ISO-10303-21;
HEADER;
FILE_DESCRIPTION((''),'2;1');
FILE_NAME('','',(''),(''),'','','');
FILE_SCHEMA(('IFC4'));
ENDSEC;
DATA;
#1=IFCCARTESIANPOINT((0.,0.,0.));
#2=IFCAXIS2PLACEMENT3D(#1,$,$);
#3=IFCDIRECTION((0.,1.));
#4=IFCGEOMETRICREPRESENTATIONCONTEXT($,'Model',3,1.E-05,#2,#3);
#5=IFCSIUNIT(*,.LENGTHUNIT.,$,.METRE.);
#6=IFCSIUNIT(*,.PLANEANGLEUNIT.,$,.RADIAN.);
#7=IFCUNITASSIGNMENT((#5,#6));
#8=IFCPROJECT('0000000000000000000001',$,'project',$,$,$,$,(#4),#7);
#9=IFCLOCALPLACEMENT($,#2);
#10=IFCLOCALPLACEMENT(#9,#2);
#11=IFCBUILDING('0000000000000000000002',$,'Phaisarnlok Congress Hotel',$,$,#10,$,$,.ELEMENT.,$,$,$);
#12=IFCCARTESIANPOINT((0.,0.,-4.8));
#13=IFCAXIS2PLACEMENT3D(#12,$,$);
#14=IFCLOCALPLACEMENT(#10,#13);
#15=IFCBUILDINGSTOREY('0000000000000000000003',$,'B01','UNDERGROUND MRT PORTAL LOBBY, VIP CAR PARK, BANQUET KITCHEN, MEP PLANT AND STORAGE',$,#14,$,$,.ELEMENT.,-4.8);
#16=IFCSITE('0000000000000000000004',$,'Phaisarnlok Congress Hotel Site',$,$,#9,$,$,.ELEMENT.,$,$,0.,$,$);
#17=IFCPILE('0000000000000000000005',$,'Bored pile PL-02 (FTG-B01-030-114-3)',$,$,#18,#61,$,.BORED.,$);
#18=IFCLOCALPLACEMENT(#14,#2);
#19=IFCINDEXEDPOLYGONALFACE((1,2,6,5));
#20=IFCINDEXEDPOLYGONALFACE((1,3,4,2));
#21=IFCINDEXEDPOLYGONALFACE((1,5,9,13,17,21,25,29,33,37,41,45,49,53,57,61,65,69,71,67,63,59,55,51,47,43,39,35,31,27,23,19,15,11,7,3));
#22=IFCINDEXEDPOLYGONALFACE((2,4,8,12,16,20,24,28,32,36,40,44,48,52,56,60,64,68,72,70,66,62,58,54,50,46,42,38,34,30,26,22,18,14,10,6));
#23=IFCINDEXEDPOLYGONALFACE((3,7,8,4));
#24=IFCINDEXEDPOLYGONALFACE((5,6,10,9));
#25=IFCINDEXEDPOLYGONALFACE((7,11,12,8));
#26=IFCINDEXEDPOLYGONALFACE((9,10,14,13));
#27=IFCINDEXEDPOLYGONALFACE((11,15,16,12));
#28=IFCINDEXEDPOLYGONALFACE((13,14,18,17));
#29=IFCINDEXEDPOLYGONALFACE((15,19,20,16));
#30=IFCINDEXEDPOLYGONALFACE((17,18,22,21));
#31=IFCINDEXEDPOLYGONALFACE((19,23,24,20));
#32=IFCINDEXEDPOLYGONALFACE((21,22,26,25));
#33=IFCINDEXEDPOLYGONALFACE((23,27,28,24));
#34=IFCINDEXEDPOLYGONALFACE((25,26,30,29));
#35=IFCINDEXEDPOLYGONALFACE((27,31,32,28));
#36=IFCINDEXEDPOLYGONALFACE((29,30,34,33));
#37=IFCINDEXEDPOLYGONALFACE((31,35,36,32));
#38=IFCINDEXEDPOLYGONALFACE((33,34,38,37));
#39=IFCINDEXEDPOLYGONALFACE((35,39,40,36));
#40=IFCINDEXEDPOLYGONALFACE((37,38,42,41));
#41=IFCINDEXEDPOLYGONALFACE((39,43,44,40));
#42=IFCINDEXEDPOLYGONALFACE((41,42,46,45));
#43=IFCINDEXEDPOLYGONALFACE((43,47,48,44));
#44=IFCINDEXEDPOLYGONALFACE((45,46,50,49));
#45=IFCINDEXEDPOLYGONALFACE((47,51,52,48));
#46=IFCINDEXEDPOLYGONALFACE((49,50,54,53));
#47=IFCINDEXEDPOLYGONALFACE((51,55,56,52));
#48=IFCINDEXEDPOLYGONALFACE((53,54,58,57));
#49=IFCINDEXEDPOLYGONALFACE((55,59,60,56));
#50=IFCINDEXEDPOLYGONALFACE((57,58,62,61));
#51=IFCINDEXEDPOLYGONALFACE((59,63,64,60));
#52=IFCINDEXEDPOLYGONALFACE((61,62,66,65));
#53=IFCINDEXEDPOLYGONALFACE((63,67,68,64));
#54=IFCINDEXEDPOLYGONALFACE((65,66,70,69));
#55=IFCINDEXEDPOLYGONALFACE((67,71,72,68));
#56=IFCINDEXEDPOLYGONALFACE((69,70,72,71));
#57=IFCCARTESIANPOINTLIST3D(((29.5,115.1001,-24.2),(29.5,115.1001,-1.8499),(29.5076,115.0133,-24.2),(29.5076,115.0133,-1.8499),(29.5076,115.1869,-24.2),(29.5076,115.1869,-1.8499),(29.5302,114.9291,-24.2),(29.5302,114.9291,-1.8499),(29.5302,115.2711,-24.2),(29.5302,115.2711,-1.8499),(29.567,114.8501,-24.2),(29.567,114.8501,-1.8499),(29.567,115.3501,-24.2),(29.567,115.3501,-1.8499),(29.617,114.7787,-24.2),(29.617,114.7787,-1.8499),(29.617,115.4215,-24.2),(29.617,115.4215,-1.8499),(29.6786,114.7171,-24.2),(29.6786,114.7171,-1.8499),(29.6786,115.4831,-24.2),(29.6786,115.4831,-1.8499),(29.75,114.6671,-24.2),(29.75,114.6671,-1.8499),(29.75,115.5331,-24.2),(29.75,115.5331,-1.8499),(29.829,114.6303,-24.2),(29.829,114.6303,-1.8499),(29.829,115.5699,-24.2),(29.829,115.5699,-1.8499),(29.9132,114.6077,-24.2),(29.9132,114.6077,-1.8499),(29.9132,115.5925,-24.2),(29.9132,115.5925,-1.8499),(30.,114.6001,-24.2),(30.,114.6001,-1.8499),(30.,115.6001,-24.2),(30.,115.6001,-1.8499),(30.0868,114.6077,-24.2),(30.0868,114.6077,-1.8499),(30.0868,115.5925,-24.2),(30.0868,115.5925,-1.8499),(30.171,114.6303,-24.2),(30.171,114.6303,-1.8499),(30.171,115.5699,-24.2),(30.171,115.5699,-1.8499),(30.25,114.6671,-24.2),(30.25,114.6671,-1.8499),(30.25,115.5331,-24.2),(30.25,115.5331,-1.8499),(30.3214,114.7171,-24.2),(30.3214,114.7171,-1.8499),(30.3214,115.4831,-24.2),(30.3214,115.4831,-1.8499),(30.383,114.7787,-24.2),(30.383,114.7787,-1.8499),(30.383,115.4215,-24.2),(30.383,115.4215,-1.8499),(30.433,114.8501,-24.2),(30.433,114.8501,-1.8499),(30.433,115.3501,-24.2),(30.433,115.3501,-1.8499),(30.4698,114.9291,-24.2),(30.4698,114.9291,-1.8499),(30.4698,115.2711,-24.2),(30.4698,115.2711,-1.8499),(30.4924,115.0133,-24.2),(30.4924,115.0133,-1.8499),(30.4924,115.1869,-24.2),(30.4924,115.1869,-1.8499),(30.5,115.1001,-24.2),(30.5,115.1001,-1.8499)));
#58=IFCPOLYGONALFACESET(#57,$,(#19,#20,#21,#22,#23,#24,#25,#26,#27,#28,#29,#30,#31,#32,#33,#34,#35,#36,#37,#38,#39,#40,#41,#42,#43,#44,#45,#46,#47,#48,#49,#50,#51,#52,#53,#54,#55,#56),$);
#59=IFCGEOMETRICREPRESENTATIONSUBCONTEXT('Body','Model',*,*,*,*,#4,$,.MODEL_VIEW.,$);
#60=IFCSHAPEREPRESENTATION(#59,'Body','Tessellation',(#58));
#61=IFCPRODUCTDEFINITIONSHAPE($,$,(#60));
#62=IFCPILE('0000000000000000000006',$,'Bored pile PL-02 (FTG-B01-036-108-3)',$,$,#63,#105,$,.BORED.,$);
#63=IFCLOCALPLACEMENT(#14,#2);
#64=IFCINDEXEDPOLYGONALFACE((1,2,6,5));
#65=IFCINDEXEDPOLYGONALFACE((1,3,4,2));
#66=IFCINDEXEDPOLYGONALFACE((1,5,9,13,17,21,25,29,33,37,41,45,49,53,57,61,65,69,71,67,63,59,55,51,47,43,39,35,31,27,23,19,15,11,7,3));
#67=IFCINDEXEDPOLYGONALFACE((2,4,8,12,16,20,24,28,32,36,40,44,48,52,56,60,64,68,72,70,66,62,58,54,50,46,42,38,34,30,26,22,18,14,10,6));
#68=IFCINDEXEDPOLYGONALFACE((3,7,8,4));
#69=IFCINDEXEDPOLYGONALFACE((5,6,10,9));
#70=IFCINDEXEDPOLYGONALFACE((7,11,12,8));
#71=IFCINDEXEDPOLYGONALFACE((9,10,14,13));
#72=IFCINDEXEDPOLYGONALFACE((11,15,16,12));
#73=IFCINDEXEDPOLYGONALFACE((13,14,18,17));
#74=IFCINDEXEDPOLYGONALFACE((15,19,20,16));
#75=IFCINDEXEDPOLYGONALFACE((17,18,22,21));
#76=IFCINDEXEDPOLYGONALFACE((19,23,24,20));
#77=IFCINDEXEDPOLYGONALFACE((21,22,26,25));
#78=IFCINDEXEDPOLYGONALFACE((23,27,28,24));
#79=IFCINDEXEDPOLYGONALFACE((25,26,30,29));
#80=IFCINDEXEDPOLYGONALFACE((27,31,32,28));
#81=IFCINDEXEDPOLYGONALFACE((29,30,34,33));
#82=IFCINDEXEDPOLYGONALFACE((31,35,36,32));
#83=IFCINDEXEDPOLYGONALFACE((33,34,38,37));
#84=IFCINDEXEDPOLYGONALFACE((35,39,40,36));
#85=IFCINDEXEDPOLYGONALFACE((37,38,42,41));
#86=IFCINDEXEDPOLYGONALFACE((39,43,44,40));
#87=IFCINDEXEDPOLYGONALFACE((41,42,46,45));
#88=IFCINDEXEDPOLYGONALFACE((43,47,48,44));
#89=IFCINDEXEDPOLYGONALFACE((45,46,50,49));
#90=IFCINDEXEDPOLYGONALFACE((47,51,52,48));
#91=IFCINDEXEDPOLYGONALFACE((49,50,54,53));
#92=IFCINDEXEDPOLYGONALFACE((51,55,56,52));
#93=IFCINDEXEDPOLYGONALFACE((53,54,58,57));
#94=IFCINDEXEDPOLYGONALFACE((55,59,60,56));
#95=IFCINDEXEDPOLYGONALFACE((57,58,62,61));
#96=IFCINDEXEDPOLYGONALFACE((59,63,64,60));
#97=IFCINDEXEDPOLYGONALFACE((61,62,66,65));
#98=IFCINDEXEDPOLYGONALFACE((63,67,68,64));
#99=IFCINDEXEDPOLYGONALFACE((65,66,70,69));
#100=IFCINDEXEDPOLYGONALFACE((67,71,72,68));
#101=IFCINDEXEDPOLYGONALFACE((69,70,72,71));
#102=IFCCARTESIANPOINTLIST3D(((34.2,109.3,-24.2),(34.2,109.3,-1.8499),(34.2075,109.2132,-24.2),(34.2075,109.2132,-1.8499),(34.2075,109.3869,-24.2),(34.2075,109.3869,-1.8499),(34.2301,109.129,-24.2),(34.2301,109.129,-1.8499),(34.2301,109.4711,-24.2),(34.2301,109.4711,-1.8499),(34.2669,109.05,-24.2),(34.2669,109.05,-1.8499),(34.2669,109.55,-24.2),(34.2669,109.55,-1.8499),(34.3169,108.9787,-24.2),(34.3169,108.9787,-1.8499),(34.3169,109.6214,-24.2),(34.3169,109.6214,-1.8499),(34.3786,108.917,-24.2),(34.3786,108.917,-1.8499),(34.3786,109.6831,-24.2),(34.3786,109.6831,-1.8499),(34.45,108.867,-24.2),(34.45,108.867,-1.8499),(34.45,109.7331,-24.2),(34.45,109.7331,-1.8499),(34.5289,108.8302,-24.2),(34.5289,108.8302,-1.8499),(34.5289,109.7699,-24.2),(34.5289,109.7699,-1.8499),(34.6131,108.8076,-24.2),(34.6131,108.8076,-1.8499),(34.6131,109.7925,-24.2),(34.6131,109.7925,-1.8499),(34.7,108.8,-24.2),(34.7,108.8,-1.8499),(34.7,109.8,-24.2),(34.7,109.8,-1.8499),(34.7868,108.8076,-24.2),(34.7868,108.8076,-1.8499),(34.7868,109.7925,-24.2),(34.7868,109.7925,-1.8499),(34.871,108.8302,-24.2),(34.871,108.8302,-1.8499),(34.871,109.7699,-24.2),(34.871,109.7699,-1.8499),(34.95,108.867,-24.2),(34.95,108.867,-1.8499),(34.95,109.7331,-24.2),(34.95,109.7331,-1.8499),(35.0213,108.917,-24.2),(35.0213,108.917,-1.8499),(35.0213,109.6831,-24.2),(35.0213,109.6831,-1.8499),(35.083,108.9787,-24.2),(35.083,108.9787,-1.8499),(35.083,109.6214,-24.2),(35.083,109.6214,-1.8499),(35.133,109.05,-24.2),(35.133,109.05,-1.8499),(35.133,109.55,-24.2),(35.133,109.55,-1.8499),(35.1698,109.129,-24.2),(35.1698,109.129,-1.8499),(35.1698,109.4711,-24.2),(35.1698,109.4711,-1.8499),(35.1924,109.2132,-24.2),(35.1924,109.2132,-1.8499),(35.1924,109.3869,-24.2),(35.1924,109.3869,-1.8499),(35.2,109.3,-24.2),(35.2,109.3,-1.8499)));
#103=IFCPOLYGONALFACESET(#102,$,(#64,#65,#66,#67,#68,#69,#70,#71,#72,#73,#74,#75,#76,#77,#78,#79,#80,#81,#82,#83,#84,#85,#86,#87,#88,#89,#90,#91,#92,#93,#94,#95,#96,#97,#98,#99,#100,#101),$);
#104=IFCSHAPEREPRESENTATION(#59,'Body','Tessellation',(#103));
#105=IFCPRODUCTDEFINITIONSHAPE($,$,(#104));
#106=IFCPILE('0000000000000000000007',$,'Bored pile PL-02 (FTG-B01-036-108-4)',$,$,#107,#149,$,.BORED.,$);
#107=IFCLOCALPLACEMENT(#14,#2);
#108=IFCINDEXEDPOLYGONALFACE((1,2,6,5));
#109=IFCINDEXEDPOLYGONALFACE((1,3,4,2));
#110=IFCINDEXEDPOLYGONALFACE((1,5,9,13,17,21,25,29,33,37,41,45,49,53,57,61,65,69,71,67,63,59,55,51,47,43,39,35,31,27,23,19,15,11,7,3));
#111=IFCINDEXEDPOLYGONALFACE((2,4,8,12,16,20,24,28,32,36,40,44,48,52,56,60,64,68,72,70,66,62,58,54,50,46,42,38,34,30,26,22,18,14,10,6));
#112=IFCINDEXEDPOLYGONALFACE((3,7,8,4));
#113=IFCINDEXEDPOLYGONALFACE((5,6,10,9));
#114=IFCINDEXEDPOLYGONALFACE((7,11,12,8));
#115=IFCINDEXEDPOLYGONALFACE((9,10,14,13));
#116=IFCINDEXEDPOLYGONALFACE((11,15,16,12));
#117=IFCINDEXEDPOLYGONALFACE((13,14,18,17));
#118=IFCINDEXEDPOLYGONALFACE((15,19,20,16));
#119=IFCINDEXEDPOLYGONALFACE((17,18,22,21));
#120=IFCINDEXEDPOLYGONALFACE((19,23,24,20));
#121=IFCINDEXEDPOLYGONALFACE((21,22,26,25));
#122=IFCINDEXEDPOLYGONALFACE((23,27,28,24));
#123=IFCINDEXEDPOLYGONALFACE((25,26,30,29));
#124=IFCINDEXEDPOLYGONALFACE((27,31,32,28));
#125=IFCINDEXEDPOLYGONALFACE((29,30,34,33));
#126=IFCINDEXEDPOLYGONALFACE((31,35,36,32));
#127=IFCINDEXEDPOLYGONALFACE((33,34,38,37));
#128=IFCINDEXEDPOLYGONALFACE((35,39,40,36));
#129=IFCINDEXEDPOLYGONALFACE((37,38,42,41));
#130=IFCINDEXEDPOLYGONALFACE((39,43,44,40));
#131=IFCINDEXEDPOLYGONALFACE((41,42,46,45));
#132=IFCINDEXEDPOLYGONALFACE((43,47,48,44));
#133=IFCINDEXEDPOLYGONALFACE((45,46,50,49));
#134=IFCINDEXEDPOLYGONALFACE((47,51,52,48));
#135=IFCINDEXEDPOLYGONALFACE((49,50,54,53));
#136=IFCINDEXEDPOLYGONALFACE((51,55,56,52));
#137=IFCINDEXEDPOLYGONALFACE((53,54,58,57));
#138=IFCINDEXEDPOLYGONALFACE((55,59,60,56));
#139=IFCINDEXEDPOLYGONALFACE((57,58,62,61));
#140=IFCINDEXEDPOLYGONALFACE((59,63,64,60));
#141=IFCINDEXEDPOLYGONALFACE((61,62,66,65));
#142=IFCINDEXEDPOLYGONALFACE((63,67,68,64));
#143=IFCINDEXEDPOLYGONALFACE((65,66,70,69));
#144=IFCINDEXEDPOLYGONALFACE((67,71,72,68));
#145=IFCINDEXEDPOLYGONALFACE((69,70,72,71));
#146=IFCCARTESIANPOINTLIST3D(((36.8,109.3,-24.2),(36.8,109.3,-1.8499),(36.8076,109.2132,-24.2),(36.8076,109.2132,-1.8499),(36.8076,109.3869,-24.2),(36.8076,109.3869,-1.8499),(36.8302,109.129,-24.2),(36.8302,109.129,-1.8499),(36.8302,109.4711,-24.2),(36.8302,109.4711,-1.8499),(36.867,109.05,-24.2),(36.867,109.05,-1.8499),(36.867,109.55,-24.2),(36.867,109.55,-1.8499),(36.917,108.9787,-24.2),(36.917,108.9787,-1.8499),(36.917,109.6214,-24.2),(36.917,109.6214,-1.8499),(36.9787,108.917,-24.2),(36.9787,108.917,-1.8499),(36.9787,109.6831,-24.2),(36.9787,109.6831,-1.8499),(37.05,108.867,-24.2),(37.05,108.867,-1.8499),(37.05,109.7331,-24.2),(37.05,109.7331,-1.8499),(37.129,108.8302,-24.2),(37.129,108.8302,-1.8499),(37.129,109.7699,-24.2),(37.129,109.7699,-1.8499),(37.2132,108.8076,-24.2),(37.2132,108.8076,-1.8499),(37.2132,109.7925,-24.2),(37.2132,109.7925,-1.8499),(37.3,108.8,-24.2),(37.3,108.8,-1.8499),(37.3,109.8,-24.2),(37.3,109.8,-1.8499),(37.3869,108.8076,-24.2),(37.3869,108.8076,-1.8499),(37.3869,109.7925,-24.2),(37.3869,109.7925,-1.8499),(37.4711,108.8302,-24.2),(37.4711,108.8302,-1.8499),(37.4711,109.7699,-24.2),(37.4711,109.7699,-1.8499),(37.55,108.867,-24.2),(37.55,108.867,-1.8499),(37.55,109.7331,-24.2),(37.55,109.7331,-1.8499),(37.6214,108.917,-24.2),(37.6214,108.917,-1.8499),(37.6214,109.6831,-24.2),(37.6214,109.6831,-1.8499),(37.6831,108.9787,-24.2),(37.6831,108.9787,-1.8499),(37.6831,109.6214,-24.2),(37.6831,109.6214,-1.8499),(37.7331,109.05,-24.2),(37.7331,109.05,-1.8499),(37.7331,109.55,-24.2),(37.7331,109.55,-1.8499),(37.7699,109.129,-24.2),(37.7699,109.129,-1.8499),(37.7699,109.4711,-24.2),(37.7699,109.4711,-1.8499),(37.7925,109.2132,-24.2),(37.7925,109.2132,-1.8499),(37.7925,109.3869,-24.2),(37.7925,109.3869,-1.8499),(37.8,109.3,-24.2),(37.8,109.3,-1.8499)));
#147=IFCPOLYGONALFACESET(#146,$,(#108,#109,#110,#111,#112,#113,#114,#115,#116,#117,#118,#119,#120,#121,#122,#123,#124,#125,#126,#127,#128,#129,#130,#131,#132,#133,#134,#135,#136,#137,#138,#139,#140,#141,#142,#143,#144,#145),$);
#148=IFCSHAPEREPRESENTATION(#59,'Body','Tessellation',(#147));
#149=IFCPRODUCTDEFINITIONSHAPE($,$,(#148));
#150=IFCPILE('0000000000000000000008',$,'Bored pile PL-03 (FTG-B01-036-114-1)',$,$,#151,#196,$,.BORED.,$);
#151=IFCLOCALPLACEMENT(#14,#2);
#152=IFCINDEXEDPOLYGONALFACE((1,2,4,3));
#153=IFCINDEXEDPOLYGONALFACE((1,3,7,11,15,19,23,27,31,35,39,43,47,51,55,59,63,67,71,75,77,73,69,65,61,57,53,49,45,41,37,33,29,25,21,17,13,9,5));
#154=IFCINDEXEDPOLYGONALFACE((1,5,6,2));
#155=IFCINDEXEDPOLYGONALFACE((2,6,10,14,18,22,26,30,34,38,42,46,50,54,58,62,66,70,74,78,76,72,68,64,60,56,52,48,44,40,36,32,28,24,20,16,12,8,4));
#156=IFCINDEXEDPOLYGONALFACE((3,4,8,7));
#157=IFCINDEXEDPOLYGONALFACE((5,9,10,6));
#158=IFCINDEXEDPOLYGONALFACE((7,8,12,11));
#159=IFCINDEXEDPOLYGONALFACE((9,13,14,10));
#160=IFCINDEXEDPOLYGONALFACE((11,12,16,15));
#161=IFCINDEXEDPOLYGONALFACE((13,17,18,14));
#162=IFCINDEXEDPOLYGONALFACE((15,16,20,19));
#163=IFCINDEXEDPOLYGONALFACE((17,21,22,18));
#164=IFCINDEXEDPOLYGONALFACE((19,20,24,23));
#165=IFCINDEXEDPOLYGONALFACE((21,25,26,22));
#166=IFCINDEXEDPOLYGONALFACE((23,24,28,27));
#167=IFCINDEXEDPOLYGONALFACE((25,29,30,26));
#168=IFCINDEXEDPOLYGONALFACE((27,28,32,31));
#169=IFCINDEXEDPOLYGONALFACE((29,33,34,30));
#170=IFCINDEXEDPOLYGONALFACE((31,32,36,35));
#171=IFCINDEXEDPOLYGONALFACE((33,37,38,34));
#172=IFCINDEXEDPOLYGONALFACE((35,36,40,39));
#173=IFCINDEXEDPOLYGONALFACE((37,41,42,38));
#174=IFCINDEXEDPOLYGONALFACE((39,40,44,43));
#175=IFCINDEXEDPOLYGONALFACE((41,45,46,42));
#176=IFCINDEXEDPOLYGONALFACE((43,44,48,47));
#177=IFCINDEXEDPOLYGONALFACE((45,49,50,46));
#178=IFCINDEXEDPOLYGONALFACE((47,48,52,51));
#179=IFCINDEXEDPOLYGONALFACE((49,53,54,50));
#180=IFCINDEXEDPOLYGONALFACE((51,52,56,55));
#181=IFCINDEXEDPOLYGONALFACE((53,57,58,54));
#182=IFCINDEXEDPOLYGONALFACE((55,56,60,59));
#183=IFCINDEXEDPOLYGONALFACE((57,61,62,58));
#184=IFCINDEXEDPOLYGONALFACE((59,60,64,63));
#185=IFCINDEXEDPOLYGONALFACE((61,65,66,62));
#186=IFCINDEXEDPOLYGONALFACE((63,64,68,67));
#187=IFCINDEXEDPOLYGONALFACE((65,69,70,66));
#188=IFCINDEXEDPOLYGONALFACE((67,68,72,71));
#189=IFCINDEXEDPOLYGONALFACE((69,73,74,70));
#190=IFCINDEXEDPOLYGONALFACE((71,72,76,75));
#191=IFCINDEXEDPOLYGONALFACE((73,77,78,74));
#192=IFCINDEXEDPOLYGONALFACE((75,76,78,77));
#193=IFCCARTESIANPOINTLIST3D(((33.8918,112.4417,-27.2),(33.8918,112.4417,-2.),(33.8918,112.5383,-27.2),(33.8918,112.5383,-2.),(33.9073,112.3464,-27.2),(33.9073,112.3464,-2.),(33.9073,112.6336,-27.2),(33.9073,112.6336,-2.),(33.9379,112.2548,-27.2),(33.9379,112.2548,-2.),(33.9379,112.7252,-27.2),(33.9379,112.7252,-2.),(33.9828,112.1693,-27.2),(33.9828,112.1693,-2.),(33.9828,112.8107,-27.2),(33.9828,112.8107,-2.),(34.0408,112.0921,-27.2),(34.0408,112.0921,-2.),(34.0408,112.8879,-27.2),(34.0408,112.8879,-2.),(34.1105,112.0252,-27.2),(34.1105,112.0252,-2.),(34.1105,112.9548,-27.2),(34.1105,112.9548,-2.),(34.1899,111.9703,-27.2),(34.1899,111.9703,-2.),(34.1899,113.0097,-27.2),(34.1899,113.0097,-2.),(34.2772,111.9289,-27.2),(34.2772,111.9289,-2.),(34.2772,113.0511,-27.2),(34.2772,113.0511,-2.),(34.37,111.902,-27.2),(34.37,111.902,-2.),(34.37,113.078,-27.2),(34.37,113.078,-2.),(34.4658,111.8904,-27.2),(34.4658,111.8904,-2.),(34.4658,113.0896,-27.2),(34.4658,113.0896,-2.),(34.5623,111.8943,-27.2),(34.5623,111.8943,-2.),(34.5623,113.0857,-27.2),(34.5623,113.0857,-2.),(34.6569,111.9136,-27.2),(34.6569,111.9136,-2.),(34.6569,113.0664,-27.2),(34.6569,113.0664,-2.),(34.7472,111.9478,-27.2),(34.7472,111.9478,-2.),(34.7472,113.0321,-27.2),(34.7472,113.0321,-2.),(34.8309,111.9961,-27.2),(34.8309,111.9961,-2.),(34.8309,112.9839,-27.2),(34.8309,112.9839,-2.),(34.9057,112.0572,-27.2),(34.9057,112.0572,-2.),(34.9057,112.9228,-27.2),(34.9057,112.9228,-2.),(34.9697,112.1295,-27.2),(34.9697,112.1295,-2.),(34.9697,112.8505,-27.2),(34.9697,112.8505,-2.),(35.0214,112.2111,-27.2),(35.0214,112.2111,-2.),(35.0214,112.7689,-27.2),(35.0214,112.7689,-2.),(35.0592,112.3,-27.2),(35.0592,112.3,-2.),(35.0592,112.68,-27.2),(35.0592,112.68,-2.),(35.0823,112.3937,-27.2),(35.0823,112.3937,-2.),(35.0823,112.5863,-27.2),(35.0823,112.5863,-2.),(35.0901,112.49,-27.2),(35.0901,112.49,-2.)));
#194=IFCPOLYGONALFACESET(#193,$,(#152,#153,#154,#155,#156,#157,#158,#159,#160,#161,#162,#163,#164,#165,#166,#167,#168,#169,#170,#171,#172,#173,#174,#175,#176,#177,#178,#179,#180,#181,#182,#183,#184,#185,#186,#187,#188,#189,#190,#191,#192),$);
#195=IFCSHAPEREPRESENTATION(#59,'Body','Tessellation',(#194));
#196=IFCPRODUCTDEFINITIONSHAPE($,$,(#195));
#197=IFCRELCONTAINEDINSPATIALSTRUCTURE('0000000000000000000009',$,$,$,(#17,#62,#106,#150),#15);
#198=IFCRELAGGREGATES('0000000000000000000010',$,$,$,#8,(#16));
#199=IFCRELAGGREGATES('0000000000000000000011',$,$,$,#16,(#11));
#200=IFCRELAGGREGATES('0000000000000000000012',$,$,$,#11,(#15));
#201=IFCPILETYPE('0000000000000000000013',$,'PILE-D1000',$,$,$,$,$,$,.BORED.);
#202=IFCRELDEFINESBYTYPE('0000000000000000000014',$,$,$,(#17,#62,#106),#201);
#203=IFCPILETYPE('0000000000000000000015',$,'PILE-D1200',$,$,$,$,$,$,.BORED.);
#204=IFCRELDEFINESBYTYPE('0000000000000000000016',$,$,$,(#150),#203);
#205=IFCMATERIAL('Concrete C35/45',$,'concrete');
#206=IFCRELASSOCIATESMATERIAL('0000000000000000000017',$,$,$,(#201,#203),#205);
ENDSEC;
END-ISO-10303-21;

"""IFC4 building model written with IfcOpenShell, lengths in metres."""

from ifc_helpers import new_model, si_unit, direction, frame, origin, origin_2d, place, context, subcontext, project, spatial, circle, extrude, material, material_profile, profile_set, type_object, element, save


model = new_model("IFC4")

# Units and contexts
model_context = context("Model", 3, precision=1e-05, world=origin(), true_north=direction((0.0, 1.0)))
body_context = subcontext(model_context, "Body", "Model", "MODEL_VIEW")
ifc_project = project(units=[si_unit("LENGTHUNIT", "METRE"), si_unit("PLANEANGLEUNIT", "RADIAN")], contexts=[model_context])

# Site, building, storey
site_placement = place(None, origin())
site = spatial("IfcSite", under=ifc_project, at=site_placement, Name="Phaisarnlok Congress Hotel Site", CompositionType="ELEMENT", RefElevation=0.0)
building_placement = place(site_placement, origin())
building = spatial("IfcBuilding", under=site, at=building_placement, Name="Phaisarnlok Congress Hotel", CompositionType="ELEMENT")
storey_placement = place(building_placement, frame((0.0, 0.0, -4.8)))
storey = spatial("IfcBuildingStorey", under=building, at=storey_placement, Name="B01", Description="UNDERGROUND MRT PORTAL LOBBY, VIP CAR PARK, BANQUET KITCHEN, MEP PLANT AND STORAGE", CompositionType="ELEMENT", Elevation=-4.8)

# Piles
ifc_material_1 = material(Name="Concrete C35/45", Category="concrete")
ifc_material_profile_1 = material_profile(ifc_material_1, circle(Radius=0.5, at=origin_2d()), Name="BORED PILE D1000")
ifc_profile_set_1 = profile_set([ifc_material_profile_1], Name="Concrete C35/45")
pile_type_1 = type_object("IfcPileType", Name="PILE-D1000", PredefinedType="BORED", material=ifc_profile_set_1)
for number, where, z_axis, x_axis, name in (
    (1, (30.0, 115.1001, -1.8499), (0.0, 0.0, -1.0), (1.0, 0.0, 0.0), "Bored pile PL-02 (FTG-B01-030-114-3)"),
    (2, (34.7, 109.3, -1.8499), (0.0, 0.0, -1.0), (1.0, 0.0, 0.0), "Bored pile PL-02 (FTG-B01-036-108-3)"),
    (3, (37.3, 109.3, -1.8499), (0.0, 0.0, -1.0), (1.0, 0.0, 0.0), "Bored pile PL-02 (FTG-B01-036-108-4)"),
):
    element("IfcPile", number, at=place(storey_placement, frame(where, z_axis=z_axis, x_axis=x_axis)), inside=storey, type_object=pile_type_1, Name=name, PredefinedType="BORED", context=body_context, shape_type="SweptSolid", body=[
        extrude(circle(Radius=0.5, at=origin_2d()), origin(), (0.0, 0.0, 1.0), 22.3501),
    ])
ifc_material_profile_2 = material_profile(ifc_material_1, circle(Radius=0.6001, at=origin_2d()), Name="BORED PILE D1200")
ifc_profile_set_2 = profile_set([ifc_material_profile_2], Name="Concrete C35/45")
pile_type_2 = type_object("IfcPileType", Name="PILE-D1200", PredefinedType="BORED", material=ifc_profile_set_2)
for number, where, z_axis, x_axis, name in (
    (4, (34.49, 112.49, -2.0), (0.0, 0.0, -1.0), (1.0, 0.0, 0.0), "Bored pile PL-03 (FTG-B01-036-114-1)"),
):
    element("IfcPile", number, at=place(storey_placement, frame(where, z_axis=z_axis, x_axis=x_axis)), inside=storey, type_object=pile_type_2, Name=name, PredefinedType="BORED", context=body_context, shape_type="SweptSolid", body=[
        extrude(circle(Radius=0.6001, at=origin_2d()), origin(), (0.0, 0.0, 1.0), 25.2),
    ])

save(model, "model.ifc")
